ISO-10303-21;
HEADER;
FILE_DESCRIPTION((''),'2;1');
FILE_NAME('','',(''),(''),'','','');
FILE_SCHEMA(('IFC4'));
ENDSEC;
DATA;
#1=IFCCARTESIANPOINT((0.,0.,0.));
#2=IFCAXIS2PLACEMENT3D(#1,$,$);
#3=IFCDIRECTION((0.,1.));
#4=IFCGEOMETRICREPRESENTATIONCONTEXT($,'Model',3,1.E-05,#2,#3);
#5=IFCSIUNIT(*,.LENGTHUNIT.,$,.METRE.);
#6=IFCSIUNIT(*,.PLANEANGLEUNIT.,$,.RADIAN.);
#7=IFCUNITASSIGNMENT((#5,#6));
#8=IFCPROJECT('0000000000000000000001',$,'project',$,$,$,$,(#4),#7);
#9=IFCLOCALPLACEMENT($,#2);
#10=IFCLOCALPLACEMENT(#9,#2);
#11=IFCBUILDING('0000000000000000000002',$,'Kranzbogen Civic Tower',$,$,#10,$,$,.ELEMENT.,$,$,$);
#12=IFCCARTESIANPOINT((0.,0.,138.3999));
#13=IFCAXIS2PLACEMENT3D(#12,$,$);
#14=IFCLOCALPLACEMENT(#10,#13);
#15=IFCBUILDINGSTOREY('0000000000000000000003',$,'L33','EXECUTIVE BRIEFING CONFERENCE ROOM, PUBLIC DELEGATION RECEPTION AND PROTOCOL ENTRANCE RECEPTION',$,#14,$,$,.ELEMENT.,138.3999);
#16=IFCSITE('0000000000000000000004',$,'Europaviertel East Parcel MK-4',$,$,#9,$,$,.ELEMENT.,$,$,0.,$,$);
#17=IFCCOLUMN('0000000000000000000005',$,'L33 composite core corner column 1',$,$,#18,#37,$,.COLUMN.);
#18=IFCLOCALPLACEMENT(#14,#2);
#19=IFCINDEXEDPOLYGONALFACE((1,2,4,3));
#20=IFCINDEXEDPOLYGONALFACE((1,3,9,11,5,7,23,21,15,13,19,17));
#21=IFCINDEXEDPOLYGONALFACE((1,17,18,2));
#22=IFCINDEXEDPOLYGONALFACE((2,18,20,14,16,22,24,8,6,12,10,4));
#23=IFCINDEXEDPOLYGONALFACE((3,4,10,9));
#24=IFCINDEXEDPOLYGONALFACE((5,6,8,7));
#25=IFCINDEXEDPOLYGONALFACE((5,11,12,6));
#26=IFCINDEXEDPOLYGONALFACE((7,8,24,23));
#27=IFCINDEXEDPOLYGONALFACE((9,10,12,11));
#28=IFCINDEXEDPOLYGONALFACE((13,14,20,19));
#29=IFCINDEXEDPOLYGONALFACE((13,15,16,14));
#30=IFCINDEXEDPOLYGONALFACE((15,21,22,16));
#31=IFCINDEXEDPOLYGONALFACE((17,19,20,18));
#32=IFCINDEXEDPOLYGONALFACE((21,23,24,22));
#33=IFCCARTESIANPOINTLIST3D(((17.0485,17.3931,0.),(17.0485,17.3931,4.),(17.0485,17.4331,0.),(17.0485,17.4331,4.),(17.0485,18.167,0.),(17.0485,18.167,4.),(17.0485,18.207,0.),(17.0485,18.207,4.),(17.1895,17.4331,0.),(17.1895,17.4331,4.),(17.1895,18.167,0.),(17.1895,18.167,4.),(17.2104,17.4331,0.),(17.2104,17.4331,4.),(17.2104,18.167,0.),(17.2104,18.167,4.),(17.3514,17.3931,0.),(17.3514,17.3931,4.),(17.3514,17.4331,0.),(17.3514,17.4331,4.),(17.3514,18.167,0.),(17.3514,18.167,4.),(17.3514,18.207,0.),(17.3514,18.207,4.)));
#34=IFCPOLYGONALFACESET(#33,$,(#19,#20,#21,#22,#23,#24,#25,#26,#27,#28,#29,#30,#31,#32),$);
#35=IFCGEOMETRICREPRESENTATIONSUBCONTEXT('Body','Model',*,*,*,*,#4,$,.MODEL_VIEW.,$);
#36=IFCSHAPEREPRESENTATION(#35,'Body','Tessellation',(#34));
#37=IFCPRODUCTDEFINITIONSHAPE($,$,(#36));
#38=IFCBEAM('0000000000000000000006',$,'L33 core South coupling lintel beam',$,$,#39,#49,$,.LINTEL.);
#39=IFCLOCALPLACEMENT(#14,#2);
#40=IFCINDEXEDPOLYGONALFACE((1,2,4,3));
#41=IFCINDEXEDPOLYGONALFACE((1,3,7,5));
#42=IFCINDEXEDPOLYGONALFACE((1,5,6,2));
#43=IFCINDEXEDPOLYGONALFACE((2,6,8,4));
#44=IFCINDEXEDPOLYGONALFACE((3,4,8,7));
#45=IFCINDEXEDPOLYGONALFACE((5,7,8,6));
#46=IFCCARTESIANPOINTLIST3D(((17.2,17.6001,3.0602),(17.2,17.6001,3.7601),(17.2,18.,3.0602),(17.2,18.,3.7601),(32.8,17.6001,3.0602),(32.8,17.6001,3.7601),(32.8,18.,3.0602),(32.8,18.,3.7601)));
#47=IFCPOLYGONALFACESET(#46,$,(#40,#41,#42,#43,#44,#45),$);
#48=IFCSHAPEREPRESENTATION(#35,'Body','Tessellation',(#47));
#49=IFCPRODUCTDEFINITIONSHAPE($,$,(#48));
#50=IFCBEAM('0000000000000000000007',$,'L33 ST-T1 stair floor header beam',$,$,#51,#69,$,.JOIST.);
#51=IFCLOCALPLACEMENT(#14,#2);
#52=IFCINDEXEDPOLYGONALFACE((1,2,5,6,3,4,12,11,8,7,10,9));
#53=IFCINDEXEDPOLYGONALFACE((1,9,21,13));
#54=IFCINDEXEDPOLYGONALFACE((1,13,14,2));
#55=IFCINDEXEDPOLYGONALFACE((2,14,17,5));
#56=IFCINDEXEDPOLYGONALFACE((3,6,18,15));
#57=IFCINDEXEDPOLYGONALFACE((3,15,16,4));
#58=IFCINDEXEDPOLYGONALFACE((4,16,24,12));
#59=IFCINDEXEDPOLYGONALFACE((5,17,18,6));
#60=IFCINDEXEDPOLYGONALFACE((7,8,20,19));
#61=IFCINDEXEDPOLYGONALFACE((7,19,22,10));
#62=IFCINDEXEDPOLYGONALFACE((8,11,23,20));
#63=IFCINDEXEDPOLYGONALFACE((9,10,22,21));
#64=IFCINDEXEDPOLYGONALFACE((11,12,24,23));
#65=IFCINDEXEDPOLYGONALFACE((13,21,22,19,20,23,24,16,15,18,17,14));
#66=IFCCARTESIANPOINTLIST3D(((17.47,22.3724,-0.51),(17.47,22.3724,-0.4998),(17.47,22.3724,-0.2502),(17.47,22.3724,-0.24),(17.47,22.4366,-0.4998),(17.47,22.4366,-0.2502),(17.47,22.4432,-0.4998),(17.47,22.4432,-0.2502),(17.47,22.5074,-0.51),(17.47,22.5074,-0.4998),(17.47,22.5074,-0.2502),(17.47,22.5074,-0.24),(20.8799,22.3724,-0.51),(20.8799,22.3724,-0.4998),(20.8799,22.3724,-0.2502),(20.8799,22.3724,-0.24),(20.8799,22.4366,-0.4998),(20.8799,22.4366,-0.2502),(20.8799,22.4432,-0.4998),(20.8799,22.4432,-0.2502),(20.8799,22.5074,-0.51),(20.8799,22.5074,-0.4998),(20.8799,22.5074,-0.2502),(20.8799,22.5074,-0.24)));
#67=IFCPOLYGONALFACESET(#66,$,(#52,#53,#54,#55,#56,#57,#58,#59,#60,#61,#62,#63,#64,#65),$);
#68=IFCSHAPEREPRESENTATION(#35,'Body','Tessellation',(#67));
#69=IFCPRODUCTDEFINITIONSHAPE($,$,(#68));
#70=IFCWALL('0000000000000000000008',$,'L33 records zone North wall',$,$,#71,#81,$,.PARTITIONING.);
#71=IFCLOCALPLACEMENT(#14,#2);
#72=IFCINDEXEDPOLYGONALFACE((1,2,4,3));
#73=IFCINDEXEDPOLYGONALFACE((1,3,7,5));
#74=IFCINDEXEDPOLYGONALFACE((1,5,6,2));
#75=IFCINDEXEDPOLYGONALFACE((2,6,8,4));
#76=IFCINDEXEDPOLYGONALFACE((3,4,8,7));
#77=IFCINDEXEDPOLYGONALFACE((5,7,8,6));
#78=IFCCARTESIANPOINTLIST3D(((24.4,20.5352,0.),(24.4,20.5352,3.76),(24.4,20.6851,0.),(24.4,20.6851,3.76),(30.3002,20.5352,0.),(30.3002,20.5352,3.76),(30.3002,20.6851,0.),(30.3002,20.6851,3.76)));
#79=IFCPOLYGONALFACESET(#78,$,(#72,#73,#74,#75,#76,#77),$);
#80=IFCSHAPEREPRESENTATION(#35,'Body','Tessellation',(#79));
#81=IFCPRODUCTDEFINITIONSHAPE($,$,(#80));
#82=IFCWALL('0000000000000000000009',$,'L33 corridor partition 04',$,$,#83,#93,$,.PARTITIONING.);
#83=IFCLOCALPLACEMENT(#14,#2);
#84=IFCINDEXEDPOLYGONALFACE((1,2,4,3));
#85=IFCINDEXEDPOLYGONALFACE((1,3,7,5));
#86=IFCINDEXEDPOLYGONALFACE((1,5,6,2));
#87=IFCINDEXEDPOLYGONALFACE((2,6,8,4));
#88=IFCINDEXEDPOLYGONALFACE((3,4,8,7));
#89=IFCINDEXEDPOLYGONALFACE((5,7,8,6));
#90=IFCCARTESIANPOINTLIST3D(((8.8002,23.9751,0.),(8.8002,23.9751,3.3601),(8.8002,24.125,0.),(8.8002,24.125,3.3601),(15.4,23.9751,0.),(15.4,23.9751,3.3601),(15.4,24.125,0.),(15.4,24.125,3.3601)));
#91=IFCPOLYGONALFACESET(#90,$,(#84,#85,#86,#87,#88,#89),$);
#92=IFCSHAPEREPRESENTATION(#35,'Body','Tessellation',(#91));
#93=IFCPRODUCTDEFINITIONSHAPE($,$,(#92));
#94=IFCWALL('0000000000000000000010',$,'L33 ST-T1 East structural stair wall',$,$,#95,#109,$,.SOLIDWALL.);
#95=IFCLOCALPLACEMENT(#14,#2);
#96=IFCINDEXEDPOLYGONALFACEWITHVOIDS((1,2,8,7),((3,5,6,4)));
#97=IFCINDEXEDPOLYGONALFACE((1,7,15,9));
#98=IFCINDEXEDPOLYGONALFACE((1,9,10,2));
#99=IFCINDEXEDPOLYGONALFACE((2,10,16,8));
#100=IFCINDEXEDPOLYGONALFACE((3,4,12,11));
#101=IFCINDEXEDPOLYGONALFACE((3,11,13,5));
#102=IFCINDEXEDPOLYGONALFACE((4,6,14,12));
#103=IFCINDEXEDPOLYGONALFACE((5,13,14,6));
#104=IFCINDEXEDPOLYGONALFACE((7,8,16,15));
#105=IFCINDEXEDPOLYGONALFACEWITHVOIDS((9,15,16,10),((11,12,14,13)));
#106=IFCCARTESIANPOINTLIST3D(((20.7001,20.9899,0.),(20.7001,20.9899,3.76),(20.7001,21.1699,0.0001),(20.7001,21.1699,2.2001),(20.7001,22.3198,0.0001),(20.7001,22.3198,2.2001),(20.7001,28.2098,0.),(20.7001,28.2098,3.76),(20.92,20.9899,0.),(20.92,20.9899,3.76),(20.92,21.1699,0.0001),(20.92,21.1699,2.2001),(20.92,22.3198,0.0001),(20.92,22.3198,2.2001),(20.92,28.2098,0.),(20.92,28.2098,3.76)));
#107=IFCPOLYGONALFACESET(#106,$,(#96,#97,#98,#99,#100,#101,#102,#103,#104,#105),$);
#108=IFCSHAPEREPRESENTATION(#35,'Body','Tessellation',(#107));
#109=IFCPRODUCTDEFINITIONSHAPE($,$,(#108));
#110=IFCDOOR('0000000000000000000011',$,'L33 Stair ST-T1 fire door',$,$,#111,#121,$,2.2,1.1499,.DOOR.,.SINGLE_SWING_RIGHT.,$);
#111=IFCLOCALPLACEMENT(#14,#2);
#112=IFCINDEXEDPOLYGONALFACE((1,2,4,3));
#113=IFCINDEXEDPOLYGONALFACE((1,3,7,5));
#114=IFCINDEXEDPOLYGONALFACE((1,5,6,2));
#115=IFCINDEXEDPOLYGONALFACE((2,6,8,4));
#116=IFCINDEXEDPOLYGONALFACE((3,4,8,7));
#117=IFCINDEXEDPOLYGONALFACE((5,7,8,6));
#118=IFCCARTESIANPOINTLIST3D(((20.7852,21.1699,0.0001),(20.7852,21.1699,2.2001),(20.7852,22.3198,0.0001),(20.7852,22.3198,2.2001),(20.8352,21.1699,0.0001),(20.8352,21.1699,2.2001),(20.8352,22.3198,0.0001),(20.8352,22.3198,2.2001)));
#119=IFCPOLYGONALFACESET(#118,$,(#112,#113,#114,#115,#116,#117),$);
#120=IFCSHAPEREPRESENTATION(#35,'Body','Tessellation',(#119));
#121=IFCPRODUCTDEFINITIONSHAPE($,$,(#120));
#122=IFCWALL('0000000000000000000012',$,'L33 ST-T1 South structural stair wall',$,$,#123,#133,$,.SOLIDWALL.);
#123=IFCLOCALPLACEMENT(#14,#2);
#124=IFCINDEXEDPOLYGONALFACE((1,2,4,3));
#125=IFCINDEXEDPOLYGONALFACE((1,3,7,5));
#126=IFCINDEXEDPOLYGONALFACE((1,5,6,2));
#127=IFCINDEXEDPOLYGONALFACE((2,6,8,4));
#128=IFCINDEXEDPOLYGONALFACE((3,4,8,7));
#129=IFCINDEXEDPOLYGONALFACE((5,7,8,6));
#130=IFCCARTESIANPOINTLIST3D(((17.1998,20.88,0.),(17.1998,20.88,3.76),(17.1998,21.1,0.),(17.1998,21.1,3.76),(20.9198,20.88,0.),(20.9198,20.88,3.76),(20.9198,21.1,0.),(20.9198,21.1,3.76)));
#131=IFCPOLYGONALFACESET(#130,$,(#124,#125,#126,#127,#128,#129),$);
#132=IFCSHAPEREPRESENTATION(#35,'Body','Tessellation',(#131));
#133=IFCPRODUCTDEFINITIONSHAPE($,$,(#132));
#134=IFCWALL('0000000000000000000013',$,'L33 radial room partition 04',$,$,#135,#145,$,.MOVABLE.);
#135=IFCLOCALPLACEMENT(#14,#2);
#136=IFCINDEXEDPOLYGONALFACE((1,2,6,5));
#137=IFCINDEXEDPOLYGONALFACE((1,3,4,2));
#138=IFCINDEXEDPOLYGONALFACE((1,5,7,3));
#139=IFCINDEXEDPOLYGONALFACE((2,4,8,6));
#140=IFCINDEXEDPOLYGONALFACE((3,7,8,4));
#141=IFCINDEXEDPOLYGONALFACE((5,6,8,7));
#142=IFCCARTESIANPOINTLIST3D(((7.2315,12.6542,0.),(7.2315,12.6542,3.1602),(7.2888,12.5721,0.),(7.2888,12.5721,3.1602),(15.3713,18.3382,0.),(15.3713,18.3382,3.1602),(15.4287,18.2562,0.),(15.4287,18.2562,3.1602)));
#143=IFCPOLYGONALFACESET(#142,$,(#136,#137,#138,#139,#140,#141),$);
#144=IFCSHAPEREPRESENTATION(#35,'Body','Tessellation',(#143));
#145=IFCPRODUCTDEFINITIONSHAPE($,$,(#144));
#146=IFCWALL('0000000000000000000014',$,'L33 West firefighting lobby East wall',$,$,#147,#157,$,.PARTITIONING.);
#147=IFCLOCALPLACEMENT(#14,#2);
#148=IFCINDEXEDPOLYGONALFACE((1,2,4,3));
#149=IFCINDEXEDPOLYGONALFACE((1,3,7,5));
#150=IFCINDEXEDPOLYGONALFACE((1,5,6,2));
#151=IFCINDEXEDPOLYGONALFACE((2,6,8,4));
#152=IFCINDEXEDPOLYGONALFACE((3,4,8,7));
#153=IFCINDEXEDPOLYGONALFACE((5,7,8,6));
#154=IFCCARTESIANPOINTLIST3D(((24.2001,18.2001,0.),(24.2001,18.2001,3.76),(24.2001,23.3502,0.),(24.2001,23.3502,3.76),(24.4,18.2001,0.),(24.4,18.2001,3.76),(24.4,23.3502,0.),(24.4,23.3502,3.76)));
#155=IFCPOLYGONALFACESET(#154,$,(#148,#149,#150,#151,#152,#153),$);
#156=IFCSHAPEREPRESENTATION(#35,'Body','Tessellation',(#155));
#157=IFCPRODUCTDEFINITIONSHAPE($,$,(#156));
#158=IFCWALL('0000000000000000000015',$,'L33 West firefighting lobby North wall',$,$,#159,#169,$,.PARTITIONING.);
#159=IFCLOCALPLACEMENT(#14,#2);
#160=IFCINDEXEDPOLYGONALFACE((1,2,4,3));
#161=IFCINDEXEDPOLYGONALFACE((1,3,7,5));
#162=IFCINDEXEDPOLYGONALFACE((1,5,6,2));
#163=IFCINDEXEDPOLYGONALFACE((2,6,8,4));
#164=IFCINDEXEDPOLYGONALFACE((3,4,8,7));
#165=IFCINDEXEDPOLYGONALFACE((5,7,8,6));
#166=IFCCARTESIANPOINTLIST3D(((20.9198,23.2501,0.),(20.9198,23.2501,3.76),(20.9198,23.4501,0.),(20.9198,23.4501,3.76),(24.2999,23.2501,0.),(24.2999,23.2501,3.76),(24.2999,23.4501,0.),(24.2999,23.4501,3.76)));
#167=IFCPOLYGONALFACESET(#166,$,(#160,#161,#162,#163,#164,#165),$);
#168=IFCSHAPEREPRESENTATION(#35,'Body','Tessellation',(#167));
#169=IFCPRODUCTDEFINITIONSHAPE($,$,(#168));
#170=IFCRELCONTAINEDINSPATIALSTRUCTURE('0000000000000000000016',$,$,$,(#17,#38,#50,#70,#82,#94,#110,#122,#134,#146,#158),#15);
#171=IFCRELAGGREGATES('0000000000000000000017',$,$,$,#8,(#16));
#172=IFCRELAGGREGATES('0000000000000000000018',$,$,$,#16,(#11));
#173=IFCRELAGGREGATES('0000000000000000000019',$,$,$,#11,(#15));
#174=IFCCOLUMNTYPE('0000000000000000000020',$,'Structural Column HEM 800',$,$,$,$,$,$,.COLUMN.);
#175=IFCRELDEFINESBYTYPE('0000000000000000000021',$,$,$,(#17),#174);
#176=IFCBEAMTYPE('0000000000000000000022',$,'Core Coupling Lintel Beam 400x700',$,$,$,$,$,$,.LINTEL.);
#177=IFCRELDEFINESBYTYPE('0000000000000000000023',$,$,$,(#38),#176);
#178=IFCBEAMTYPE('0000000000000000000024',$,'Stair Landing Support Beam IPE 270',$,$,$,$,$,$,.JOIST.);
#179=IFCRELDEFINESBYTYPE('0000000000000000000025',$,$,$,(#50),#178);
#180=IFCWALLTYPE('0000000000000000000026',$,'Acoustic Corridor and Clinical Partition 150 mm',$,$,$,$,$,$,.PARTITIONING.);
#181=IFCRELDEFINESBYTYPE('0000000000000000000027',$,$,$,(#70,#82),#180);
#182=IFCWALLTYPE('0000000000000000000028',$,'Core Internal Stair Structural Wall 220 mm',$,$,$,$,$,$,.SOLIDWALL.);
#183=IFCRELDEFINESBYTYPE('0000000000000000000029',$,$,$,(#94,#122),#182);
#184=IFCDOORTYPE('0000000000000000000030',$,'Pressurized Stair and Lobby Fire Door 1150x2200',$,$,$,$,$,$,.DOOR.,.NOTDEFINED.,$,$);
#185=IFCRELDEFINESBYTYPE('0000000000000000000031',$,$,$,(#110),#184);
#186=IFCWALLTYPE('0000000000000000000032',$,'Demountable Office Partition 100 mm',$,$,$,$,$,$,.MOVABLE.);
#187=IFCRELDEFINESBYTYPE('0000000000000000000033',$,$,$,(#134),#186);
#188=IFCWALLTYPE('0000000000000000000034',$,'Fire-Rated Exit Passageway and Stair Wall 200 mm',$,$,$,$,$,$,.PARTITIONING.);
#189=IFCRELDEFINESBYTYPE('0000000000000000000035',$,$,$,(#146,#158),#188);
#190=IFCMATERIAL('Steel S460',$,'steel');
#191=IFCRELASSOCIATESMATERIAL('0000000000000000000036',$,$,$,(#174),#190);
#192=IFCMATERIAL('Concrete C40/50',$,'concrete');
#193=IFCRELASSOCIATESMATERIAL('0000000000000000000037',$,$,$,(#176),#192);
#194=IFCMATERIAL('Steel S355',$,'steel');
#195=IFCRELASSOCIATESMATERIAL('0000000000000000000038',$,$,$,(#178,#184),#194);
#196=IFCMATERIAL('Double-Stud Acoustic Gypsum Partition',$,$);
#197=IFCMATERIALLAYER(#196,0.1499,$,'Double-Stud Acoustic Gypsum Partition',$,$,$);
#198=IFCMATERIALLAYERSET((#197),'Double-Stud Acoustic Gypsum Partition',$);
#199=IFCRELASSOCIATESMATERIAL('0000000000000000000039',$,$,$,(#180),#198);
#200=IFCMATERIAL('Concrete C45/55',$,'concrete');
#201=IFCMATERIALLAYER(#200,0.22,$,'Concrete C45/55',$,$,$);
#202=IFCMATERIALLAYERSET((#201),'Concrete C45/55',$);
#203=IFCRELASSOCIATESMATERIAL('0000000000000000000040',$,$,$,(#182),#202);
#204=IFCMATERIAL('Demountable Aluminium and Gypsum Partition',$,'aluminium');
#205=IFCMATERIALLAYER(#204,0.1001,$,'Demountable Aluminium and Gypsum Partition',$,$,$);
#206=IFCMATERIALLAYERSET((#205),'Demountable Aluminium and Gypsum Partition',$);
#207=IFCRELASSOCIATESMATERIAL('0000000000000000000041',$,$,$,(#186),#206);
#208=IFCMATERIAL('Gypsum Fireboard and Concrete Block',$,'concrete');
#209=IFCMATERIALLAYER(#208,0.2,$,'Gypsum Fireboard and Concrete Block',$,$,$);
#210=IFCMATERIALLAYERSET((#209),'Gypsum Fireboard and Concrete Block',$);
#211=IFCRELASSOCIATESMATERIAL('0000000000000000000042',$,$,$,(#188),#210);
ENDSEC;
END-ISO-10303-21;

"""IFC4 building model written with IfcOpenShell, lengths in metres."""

from ifc_helpers import new_model, si_unit, direction, frame, frame_2d, origin, origin_2d, place, context, subcontext, project, spatial, rectangle, i_section, extrude, material, layer, layer_set, material_profile, profile_set, type_object, element, fill, save


model = new_model("IFC4")

# Units and contexts
model_context = context("Model", 3, precision=1e-05, world=origin(), true_north=direction((0.0, 1.0)))
body_context = subcontext(model_context, "Body", "Model", "MODEL_VIEW")
ifc_project = project(units=[si_unit("LENGTHUNIT", "METRE"), si_unit("PLANEANGLEUNIT", "RADIAN")], contexts=[model_context])

# Site, building, storey
site_placement = place(None, origin())
site = spatial("IfcSite", under=ifc_project, at=site_placement, Name="Europaviertel East Parcel MK-4", CompositionType="ELEMENT", RefElevation=0.0)
building_placement = place(site_placement, origin())
building = spatial("IfcBuilding", under=site, at=building_placement, Name="Kranzbogen Civic Tower", CompositionType="ELEMENT")
storey_placement = place(building_placement, frame((0.0, 0.0, 138.3999)))
storey = spatial("IfcBuildingStorey", under=building, at=storey_placement, Name="L33", Description="EXECUTIVE BRIEFING CONFERENCE ROOM, PUBLIC DELEGATION RECEPTION AND PROTOCOL ENTRANCE RECEPTION", CompositionType="ELEMENT", Elevation=138.3999)

# Column
ifc_material_1 = material(Name="Steel S460", Category="steel")
ifc_material_profile_1 = material_profile(ifc_material_1, i_section(OverallWidth=0.303, OverallDepth=0.814, WebThickness=0.021, FlangeThickness=0.04, at=origin_2d()), Name="HEM 800")
ifc_profile_set_1 = profile_set([ifc_material_profile_1], Name="Steel S460")
column_type = type_object("IfcColumnType", Name="Structural Column HEM 800", PredefinedType="COLUMN", material=ifc_profile_set_1)
column_placement = place(storey_placement, frame((17.2, 17.8, 0.0), z_axis=(0.0, 0.0, 1.0), x_axis=(1.0, 0.0, 0.0)))
element("IfcColumn", 1, at=column_placement, inside=storey, type_object=column_type, Name="L33 composite core corner column 1", PredefinedType="COLUMN", context=body_context, shape_type="SweptSolid", body=[
    extrude(i_section(OverallWidth=0.303, OverallDepth=0.814, WebThickness=0.021, FlangeThickness=0.04, at=origin_2d()), origin(), (0.0, 0.0, 1.0), 4.0),
])

# Beams
ifc_material_2 = material(Name="Concrete C40/50", Category="concrete")
ifc_material_profile_2 = material_profile(ifc_material_2, rectangle(XDim=0.3999, YDim=0.7, at=origin_2d()), Name="RC-BM 400x700")
ifc_profile_set_2 = profile_set([ifc_material_profile_2], Name="Concrete C40/50")
beam_type_1 = type_object("IfcBeamType", Name="Core Coupling Lintel Beam 400x700", PredefinedType="LINTEL", material=ifc_profile_set_2)
beam_1_placement = place(storey_placement, frame((17.2, 17.8, 3.4102), z_axis=(1.0, 0.0, 0.0), x_axis=(0.0, 1.0, 0.0)))
element("IfcBeam", 2, at=beam_1_placement, inside=storey, type_object=beam_type_1, Name="L33 core South coupling lintel beam", PredefinedType="LINTEL", context=body_context, shape_type="SweptSolid", body=[
    extrude(rectangle(XDim=0.3999, YDim=0.7, at=origin_2d()), origin(), (0.0, 0.0, 1.0), 15.6001),
])
ifc_material_3 = material(Name="Steel S355", Category="steel")
ifc_material_profile_3 = material_profile(ifc_material_3, i_section(OverallWidth=0.135, OverallDepth=0.27, WebThickness=0.0066, FlangeThickness=0.0103, at=origin_2d()), Name="IPE 270")
ifc_profile_set_3 = profile_set([ifc_material_profile_3], Name="Steel S355")
beam_type_2 = type_object("IfcBeamType", Name="Stair Landing Support Beam IPE 270", PredefinedType="JOIST", material=ifc_profile_set_3)
beam_2_placement = place(storey_placement, frame((20.8799, 22.4399, -0.375), z_axis=(-1.0, 0.0, 0.0), x_axis=(0.0, -1.0, 0.0)))
element("IfcBeam", 3, at=beam_2_placement, inside=storey, type_object=beam_type_2, Name="L33 ST-T1 stair floor header beam", PredefinedType="JOIST", context=body_context, shape_type="SweptSolid", body=[
    extrude(i_section(OverallWidth=0.135, OverallDepth=0.27, WebThickness=0.0066, FlangeThickness=0.0103, at=origin_2d()), origin(), (0.0, 0.0, 1.0), 3.4099),
])

# Walls
ifc_material_4 = material(Name="Double-Stud Acoustic Gypsum Partition")
ifc_layer_1 = layer(ifc_material_4, 0.1499, Name="Double-Stud Acoustic Gypsum Partition")
ifc_layer_set_1 = layer_set([ifc_layer_1], Name="Double-Stud Acoustic Gypsum Partition")
wall_type_1 = type_object("IfcWallType", Name="Acoustic Corridor and Clinical Partition 150 mm", PredefinedType="PARTITIONING", material=ifc_layer_set_1)
wall_1_placement = place(storey_placement, frame((24.3999, 20.6101, 0.0), z_axis=(0.0, 0.0, 1.0), x_axis=(1.0, 0.0, 0.0)))
element("IfcWall", 4, at=wall_1_placement, inside=storey, type_object=wall_type_1, Name="L33 records zone North wall", PredefinedType="PARTITIONING", context=body_context, shape_type="SweptSolid", body=[
    extrude(rectangle(XDim=5.9001, YDim=0.1499, at=frame_2d((2.9502, 0.0))), origin(), (0.0, 0.0, 1.0), 3.76),
])
wall_2_placement = place(storey_placement, frame((15.3999, 24.05, 0.0), z_axis=(0.0, 0.0, 1.0), x_axis=(-1.0, 0.0, 0.0)))
element("IfcWall", 5, at=wall_2_placement, inside=storey, type_object=wall_type_1, Name="L33 corridor partition 04", PredefinedType="PARTITIONING", context=body_context, shape_type="SweptSolid", body=[
    extrude(rectangle(XDim=6.5999, YDim=0.1499, at=frame_2d((3.2998, 0.0))), origin(), (0.0, 0.0, 1.0), 3.3601),
])

# Wall, opening, door
ifc_material_5 = material(Name="Concrete C45/55", Category="concrete")
ifc_layer_2 = layer(ifc_material_5, 0.22, Name="Concrete C45/55")
ifc_layer_set_2 = layer_set([ifc_layer_2], Name="Concrete C45/55")
wall_type_2 = type_object("IfcWallType", Name="Core Internal Stair Structural Wall 220 mm", PredefinedType="SOLIDWALL", material=ifc_layer_set_2)
wall_3_placement = place(storey_placement, frame((20.8101, 20.99, 0.0), z_axis=(0.0, 0.0, 1.0), x_axis=(0.0, 1.0, 0.0)))
wall_3 = element("IfcWall", 6, at=wall_3_placement, inside=storey, type_object=wall_type_2, Name="L33 ST-T1 East structural stair wall", PredefinedType="SOLIDWALL", context=body_context, shape_type="SweptSolid", body=[
    extrude(rectangle(XDim=7.22, YDim=0.22, at=frame_2d((3.6099, 0.0))), origin(), (0.0, 0.0, 1.0), 3.76),
])
opening_1_placement = place(wall_3_placement, frame((0.1799, 0.0, 0.0)))
opening_1 = element("IfcOpeningElement", 7, at=opening_1_placement, cuts=wall_3, PredefinedType="OPENING", context=body_context, shape_type="SweptSolid", body=[
    extrude(rectangle(XDim=1.1499, YDim=2.2, at=frame_2d((0.575, 1.1001))), frame((0.0, 0.1201, 0.0), z_axis=(0.0, -1.0, 0.0), x_axis=(1.0, 0.0, 0.0)), (0.0, 0.0, 1.0), 0.24),
])
door_type_1 = type_object("IfcDoorType", Name="Pressurized Stair and Lobby Fire Door 1150x2200", OperationType="NOTDEFINED", PredefinedType="DOOR", material=ifc_material_3)
door_1_placement = place(opening_1_placement, origin())
door_1 = element("IfcDoor", 8, at=door_1_placement, inside=storey, type_object=door_type_1, Name="L33 Stair ST-T1 fire door", OperationType="SINGLE_SWING_RIGHT", OverallHeight=2.2, OverallWidth=1.1499, PredefinedType="DOOR", context=body_context, shape_type="SweptSolid", body=[
    extrude(rectangle(XDim=1.1499, YDim=2.2, at=frame_2d((0.575, 1.1001))), frame((0.0, 0.0249, 0.0), z_axis=(0.0, -1.0, 0.0), x_axis=(1.0, 0.0, 0.0)), (0.0, 0.0, 1.0), 0.05),
])
fill(opening_1, door_1)

# Walls
wall_4_placement = place(storey_placement, frame((17.2, 20.99, 0.0), z_axis=(0.0, 0.0, 1.0), x_axis=(1.0, 0.0, 0.0)))
element("IfcWall", 9, at=wall_4_placement, inside=storey, type_object=wall_type_2, Name="L33 ST-T1 South structural stair wall", PredefinedType="SOLIDWALL", context=body_context, shape_type="SweptSolid", body=[
    extrude(rectangle(XDim=3.72, YDim=0.22, at=frame_2d((1.8599, 0.0))), origin(), (0.0, 0.0, 1.0), 3.76),
])
ifc_material_6 = material(Name="Demountable Aluminium and Gypsum Partition", Category="aluminium")
ifc_layer_3 = layer(ifc_material_6, 0.1001, Name="Demountable Aluminium and Gypsum Partition")
ifc_layer_set_3 = layer_set([ifc_layer_3], Name="Demountable Aluminium and Gypsum Partition")
wall_type_3 = type_object("IfcWallType", Name="Demountable Office Partition 100 mm", PredefinedType="MOVABLE", material=ifc_layer_set_3)
wall_5_placement = place(storey_placement, frame((15.3999, 18.2971, 0.0), z_axis=(0.0, 0.0, 1.0), x_axis=(-0.819886, -0.572526, 0.0)))
element("IfcWall", 10, at=wall_5_placement, inside=storey, type_object=wall_type_3, Name="L33 radial room partition 04", PredefinedType="MOVABLE", context=body_context, shape_type="SweptSolid", body=[
    extrude(rectangle(XDim=9.928, YDim=0.1001, at=frame_2d((4.9639, 0.0))), origin(), (0.0, 0.0, 1.0), 3.1602),
])
ifc_material_7 = material(Name="Gypsum Fireboard and Concrete Block", Category="concrete")
ifc_layer_4 = layer(ifc_material_7, 0.2, Name="Gypsum Fireboard and Concrete Block")
ifc_layer_set_4 = layer_set([ifc_layer_4], Name="Gypsum Fireboard and Concrete Block")
wall_type_4 = type_object("IfcWallType", Name="Fire-Rated Exit Passageway and Stair Wall 200 mm", PredefinedType="PARTITIONING", material=ifc_layer_set_4)
wall_6_placement = place(storey_placement, frame((24.3, 18.2, 0.0), z_axis=(0.0, 0.0, 1.0), x_axis=(0.0, 1.0, 0.0)))
element("IfcWall", 11, at=wall_6_placement, inside=storey, type_object=wall_type_4, Name="L33 West firefighting lobby East wall", PredefinedType="PARTITIONING", context=body_context, shape_type="SweptSolid", body=[
    extrude(rectangle(XDim=5.1501, YDim=0.2, at=frame_2d((2.5752, 0.0))), origin(), (0.0, 0.0, 1.0), 3.76),
])
wall_7_placement = place(storey_placement, frame((20.9199, 23.3501, 0.0), z_axis=(0.0, 0.0, 1.0), x_axis=(1.0, 0.0, 0.0)))
element("IfcWall", 12, at=wall_7_placement, inside=storey, type_object=wall_type_4, Name="L33 West firefighting lobby North wall", PredefinedType="PARTITIONING", context=body_context, shape_type="SweptSolid", body=[
    extrude(rectangle(XDim=3.3801, YDim=0.2, at=frame_2d((1.6899, 0.0))), origin(), (0.0, 0.0, 1.0), 3.76),
])

save(model, "model.ifc")
